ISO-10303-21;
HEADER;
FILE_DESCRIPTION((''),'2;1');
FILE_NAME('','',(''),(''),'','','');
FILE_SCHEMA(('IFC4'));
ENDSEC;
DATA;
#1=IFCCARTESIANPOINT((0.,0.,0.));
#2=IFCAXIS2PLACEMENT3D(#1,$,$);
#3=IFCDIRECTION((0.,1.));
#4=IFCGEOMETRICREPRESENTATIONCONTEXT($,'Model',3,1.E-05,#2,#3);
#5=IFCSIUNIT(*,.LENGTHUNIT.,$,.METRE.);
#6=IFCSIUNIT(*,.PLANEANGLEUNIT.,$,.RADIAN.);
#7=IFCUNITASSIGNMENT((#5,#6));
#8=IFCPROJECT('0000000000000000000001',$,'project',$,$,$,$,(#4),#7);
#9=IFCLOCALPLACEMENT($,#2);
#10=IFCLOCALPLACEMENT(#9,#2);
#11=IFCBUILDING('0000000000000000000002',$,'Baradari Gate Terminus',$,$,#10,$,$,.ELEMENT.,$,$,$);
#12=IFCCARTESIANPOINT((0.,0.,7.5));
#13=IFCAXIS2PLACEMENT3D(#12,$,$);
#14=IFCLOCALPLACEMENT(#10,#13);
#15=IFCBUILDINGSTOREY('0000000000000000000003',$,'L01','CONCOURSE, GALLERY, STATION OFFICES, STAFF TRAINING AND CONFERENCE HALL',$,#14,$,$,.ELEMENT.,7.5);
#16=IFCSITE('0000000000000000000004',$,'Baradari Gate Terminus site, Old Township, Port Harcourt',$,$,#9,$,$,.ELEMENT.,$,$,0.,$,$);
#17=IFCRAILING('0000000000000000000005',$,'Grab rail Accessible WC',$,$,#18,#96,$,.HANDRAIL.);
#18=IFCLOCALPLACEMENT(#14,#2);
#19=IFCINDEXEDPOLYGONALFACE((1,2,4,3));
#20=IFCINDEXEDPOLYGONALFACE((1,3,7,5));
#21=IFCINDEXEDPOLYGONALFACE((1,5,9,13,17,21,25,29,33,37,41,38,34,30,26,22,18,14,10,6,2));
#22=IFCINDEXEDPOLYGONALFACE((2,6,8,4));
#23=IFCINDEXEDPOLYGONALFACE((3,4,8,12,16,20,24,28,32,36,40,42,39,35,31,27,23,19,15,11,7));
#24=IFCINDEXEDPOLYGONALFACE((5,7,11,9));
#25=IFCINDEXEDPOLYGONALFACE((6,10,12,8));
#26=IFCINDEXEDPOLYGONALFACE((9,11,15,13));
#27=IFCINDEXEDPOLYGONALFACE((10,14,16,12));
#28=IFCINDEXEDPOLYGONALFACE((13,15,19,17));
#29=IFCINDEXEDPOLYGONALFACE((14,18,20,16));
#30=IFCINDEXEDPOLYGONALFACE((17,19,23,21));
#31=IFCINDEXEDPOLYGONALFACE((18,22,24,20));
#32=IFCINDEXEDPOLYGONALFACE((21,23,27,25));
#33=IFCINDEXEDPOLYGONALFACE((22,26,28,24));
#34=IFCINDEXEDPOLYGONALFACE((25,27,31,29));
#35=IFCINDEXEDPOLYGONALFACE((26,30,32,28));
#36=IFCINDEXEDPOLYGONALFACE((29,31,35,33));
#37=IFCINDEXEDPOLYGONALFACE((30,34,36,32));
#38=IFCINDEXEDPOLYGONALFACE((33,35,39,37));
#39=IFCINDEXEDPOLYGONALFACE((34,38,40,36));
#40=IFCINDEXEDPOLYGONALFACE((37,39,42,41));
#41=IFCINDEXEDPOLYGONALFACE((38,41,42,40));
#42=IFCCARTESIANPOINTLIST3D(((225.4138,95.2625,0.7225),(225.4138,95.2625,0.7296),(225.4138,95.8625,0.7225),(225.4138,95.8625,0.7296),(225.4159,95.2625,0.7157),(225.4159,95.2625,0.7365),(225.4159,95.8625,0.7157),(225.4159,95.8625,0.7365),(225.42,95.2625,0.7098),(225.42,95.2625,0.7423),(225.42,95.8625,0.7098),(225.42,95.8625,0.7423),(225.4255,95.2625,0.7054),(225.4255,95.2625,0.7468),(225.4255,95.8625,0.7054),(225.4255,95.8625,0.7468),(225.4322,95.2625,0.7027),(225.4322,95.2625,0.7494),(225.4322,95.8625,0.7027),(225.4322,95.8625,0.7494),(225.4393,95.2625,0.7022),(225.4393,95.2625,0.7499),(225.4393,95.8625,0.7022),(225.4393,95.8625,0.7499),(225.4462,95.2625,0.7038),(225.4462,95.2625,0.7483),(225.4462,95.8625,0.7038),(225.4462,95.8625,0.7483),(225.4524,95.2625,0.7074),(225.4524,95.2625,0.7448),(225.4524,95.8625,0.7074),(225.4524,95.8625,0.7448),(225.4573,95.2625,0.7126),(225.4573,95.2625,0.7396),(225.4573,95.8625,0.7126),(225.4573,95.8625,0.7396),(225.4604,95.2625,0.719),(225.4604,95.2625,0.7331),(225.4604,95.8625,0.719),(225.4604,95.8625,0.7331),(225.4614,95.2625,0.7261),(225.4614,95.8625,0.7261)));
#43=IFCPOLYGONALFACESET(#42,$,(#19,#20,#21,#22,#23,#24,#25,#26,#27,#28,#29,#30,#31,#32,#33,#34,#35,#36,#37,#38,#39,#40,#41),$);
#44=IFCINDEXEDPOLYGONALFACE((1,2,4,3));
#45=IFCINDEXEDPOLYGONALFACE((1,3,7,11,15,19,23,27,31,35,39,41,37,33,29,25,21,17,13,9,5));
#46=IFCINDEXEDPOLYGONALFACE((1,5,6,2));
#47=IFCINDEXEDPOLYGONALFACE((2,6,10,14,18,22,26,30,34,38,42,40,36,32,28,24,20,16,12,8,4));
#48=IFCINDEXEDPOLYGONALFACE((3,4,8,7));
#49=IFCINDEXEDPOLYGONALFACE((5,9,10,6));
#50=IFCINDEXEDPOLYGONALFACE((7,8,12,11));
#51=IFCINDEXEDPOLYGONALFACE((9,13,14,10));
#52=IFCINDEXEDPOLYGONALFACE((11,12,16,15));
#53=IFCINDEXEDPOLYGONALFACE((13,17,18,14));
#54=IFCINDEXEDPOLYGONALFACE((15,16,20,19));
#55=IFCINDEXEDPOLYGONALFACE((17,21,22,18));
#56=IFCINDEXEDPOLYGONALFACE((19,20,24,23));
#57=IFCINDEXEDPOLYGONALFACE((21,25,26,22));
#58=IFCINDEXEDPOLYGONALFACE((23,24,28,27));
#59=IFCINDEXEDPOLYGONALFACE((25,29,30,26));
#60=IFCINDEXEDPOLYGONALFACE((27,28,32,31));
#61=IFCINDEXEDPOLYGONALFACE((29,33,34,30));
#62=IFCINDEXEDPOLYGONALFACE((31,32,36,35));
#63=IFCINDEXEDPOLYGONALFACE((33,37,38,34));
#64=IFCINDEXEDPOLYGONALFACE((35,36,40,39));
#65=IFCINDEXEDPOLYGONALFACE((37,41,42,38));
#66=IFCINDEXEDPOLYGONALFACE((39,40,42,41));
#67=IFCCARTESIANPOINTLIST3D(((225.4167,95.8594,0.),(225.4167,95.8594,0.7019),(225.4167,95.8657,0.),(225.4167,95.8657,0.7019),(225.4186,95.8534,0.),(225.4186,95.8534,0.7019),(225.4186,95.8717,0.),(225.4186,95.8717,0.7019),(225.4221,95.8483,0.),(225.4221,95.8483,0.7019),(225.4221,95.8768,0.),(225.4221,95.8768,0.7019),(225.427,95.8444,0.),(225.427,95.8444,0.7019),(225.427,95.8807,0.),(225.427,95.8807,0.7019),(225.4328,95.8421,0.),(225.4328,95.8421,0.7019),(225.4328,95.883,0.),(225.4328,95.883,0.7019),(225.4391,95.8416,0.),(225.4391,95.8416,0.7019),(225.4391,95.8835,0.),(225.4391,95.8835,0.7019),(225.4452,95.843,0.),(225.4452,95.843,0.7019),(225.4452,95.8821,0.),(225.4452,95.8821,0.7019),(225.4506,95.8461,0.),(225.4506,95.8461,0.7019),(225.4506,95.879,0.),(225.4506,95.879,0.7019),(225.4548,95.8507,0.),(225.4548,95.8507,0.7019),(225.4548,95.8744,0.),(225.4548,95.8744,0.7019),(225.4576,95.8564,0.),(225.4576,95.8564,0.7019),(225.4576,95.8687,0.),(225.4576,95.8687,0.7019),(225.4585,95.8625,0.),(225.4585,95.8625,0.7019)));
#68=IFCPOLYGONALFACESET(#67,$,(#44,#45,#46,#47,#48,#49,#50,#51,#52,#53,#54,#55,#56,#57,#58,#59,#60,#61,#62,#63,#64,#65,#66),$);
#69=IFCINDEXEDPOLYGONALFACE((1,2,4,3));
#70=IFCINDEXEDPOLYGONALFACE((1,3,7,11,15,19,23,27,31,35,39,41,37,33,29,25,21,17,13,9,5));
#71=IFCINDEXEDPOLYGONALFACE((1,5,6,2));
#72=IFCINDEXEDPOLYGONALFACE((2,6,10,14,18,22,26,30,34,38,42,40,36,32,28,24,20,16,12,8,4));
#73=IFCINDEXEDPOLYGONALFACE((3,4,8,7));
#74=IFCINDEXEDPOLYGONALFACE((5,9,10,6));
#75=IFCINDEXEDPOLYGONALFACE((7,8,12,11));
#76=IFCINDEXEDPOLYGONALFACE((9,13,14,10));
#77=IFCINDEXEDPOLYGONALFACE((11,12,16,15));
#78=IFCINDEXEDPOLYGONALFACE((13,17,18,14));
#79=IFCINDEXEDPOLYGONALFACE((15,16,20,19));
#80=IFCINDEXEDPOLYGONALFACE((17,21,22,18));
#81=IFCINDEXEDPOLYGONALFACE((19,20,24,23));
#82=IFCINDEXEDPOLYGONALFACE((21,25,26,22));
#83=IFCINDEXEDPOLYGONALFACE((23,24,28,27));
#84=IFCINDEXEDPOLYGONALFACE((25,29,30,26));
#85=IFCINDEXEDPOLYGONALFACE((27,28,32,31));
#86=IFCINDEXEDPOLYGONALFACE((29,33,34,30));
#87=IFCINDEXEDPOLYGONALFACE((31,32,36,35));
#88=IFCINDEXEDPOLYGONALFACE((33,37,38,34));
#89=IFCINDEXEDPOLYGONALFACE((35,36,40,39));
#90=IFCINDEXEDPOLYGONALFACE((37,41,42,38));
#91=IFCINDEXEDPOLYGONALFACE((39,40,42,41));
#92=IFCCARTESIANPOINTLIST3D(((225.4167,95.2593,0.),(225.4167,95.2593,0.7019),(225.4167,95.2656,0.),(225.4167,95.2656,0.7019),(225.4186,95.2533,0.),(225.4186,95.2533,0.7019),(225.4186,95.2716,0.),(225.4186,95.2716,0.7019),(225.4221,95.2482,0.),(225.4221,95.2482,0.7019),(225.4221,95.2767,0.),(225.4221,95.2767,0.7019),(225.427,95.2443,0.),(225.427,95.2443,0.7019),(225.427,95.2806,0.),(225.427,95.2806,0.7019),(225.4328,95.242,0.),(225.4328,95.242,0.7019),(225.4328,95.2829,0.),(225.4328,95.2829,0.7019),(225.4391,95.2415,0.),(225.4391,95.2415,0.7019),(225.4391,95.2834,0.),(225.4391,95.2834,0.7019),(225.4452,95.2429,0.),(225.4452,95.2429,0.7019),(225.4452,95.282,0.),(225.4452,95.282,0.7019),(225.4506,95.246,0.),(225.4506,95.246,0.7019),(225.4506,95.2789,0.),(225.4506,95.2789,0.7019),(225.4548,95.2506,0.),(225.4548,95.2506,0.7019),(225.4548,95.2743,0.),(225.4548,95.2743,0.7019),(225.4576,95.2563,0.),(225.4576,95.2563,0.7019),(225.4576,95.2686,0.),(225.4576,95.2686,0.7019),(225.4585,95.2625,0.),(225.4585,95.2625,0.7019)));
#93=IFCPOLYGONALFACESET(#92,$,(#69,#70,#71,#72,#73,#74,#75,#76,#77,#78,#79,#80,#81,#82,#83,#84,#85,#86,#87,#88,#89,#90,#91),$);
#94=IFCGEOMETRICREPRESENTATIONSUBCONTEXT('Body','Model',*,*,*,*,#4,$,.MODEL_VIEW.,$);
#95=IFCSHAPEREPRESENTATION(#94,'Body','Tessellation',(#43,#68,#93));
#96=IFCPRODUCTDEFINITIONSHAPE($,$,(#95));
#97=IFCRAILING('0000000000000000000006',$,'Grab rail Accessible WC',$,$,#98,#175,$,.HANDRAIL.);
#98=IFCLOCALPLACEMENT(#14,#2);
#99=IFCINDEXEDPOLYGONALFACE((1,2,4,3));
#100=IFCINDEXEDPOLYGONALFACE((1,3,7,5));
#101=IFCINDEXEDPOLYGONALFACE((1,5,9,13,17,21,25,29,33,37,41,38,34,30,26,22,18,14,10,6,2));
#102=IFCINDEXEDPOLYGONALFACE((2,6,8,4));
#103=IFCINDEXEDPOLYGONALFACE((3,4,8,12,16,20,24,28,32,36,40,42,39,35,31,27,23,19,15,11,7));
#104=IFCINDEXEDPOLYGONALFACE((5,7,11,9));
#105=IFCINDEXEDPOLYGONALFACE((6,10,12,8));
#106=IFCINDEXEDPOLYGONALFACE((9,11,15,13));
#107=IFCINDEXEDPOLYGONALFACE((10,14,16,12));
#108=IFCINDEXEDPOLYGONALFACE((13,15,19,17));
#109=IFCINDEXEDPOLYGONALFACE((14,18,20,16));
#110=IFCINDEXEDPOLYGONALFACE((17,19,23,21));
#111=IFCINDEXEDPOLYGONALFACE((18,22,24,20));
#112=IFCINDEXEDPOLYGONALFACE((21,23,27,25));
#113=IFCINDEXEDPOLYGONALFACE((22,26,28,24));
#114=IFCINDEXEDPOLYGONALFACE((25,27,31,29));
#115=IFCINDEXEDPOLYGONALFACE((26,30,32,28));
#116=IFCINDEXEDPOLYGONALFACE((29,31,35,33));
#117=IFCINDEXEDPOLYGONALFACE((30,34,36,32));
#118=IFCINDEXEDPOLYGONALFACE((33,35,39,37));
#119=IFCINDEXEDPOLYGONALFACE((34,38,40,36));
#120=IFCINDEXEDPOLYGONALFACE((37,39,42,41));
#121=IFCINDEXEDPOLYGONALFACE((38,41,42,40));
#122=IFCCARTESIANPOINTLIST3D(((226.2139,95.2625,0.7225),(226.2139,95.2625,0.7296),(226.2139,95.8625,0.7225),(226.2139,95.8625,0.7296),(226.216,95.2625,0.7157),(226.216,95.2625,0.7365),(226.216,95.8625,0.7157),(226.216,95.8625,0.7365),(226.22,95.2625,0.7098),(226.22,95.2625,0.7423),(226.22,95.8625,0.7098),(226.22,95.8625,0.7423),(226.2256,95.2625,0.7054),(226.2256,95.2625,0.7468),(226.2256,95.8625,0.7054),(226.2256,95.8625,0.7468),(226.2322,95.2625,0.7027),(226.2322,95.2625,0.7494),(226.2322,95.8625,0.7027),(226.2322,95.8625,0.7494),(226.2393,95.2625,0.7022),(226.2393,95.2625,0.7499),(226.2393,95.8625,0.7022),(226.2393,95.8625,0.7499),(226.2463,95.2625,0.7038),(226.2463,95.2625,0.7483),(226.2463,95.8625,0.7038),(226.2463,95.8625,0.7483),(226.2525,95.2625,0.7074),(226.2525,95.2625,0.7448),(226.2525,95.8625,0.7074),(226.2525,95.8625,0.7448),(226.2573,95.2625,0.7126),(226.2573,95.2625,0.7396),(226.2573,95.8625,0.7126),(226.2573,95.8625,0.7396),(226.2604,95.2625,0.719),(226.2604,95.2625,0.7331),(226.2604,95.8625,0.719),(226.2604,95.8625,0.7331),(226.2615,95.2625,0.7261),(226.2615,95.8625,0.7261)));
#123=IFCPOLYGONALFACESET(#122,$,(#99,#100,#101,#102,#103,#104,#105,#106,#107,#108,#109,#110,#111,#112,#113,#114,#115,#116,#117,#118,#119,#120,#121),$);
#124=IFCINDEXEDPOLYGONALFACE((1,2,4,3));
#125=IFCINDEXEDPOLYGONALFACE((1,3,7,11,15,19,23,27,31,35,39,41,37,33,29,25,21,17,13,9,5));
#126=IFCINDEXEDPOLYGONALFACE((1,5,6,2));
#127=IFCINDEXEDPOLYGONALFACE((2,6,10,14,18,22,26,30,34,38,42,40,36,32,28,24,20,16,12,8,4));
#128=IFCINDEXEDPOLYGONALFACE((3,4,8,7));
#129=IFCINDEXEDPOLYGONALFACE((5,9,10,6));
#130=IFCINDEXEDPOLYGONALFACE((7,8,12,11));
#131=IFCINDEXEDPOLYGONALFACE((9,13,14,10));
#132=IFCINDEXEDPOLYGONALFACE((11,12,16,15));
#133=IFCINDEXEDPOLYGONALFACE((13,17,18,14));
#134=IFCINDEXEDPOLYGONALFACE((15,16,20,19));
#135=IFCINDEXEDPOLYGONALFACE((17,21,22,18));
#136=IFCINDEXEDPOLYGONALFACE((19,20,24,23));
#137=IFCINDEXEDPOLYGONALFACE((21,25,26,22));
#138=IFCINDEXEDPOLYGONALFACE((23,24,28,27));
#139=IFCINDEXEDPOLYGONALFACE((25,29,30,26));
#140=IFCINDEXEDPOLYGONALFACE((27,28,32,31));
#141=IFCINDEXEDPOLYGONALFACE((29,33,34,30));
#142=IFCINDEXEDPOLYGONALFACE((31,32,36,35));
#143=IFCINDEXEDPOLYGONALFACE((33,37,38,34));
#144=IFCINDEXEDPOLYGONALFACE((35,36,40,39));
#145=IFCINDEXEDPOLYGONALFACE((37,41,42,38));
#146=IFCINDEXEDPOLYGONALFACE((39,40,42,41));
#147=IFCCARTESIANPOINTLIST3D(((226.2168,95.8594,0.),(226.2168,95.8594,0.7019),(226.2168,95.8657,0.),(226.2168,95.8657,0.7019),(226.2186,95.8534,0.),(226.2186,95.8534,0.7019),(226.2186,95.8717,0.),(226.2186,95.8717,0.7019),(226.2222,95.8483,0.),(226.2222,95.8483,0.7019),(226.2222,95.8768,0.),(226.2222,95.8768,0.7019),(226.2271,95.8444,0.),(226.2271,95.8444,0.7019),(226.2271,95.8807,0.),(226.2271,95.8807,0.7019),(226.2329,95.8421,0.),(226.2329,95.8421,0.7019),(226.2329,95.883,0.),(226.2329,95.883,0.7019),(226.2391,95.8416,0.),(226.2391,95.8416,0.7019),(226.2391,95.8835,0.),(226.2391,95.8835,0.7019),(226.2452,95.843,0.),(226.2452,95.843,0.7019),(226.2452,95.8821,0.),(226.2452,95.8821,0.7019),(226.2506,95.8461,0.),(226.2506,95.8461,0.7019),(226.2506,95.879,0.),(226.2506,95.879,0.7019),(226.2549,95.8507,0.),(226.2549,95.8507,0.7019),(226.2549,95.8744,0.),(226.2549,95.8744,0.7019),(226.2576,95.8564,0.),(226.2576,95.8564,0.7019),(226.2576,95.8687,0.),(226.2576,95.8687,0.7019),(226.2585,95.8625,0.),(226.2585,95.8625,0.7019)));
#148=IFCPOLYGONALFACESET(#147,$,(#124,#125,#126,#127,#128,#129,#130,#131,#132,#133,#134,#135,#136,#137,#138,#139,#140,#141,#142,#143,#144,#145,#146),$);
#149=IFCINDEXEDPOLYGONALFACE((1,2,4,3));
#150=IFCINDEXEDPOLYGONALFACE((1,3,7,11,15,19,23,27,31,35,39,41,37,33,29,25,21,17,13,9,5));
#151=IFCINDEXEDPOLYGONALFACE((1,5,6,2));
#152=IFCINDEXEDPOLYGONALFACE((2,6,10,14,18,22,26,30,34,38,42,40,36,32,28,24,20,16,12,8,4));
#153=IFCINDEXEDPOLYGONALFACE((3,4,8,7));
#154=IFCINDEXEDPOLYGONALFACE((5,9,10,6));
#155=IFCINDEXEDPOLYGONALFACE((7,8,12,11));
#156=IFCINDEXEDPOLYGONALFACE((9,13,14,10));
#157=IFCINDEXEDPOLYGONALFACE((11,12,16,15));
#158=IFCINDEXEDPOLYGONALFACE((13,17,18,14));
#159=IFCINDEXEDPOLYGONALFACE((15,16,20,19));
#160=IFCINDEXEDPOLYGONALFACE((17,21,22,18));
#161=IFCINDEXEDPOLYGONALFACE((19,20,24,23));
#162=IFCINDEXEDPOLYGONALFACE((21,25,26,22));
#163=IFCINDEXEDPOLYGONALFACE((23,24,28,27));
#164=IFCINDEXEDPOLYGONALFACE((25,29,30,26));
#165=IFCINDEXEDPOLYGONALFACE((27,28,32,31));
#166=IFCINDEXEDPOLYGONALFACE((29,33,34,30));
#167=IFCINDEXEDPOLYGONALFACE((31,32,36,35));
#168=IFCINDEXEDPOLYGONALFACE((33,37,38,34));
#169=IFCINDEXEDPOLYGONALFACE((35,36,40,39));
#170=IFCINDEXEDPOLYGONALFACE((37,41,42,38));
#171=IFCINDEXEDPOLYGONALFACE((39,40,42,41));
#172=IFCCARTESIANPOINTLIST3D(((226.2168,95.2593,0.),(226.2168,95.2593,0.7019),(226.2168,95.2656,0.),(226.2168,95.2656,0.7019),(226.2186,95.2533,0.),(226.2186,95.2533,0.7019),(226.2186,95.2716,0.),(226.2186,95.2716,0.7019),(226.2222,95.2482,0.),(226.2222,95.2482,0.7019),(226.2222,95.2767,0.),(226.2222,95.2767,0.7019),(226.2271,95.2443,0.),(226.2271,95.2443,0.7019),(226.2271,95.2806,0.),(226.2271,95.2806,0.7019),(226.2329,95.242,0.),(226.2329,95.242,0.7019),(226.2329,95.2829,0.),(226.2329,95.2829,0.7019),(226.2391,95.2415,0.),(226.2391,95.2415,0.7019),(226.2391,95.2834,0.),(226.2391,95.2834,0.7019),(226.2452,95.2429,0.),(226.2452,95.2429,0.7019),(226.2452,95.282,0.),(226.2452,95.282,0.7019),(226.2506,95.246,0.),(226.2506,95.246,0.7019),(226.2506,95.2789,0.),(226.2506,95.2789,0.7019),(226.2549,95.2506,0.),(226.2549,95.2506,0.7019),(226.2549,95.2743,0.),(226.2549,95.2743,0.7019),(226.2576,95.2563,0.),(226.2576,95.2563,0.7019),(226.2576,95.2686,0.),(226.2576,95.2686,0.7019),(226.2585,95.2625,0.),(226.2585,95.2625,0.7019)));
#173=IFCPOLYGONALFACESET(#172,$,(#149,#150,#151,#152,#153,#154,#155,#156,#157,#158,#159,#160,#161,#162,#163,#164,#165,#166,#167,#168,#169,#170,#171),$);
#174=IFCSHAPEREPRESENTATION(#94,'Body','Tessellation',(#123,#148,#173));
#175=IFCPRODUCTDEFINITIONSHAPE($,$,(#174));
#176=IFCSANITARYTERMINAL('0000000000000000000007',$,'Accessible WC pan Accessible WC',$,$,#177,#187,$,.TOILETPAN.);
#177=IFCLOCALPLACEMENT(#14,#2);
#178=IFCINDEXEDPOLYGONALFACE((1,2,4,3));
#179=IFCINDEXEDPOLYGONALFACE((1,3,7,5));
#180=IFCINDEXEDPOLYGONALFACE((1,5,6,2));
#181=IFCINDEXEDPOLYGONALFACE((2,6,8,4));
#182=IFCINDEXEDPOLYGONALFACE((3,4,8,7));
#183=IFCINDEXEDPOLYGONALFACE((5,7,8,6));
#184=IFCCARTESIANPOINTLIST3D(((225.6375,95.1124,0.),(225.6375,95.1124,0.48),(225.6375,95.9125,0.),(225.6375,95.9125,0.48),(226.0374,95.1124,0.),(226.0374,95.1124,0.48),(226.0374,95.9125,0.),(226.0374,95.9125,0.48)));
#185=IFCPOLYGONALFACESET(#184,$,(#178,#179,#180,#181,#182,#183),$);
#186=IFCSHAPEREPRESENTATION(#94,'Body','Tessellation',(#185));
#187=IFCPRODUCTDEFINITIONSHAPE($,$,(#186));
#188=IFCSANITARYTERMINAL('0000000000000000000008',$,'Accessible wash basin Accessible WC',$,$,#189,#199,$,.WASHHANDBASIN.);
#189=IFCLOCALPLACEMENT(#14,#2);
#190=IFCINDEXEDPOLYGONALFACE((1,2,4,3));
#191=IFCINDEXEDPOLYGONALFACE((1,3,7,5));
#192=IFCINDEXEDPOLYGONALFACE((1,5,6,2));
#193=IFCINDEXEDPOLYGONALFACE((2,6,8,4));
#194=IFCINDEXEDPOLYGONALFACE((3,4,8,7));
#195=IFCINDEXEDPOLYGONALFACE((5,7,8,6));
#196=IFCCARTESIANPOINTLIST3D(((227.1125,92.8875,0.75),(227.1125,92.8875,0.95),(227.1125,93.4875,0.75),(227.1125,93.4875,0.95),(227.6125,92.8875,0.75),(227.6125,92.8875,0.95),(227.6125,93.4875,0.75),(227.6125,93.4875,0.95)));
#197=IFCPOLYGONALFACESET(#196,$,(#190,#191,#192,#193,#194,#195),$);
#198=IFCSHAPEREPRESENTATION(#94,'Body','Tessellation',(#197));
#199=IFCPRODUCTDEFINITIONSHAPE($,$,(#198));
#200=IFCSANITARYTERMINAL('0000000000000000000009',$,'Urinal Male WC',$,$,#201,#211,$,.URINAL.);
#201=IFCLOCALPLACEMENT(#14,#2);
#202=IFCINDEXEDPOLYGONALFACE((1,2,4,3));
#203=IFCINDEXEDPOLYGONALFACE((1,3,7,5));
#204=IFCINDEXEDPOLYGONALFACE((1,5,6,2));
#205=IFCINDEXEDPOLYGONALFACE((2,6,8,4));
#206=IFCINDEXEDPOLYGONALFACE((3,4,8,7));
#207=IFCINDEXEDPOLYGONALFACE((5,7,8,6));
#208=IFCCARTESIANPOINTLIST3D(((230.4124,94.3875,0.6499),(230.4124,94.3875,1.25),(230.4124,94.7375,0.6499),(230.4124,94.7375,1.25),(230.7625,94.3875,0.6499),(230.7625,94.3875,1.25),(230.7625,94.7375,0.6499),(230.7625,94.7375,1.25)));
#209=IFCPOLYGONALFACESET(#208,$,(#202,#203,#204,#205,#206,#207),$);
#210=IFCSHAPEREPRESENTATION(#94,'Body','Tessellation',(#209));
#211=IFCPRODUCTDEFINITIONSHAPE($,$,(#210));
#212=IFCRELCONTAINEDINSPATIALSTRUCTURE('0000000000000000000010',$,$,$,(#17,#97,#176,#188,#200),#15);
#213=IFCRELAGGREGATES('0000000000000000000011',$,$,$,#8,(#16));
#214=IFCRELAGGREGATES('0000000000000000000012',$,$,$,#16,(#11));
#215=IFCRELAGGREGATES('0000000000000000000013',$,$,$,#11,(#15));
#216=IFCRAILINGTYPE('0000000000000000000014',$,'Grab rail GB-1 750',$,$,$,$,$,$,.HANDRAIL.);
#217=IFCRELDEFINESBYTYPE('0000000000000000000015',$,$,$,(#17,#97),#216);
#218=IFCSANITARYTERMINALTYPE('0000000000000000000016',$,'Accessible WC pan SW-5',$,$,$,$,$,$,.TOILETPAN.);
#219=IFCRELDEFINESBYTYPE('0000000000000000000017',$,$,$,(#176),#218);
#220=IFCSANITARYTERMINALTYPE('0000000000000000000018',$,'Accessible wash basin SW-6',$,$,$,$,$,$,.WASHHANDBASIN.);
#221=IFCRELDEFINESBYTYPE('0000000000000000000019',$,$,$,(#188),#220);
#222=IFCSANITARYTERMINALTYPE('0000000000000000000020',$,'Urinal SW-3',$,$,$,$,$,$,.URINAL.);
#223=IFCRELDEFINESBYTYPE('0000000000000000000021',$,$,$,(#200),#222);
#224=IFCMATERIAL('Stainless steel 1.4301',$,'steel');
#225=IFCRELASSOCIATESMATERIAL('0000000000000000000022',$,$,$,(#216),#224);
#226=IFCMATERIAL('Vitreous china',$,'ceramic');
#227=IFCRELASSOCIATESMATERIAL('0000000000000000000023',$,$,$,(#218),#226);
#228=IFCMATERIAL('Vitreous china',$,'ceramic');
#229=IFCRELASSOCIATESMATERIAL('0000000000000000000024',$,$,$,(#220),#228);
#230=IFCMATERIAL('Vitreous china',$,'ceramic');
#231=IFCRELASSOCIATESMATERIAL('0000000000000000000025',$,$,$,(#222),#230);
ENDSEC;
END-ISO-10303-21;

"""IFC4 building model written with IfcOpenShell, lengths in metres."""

from ifc_helpers import new_model, si_unit, direction, frame, origin, origin_2d, place, context, subcontext, project, spatial, rectangle, circle, extrude, material, type_object, element, save


model = new_model("IFC4")

# Units and contexts
model_context = context("Model", 3, precision=1e-05, world=origin(), true_north=direction((0.0, 1.0)))
body_context = subcontext(model_context, "Body", "Model", "MODEL_VIEW")
ifc_project = project(units=[si_unit("LENGTHUNIT", "METRE"), si_unit("PLANEANGLEUNIT", "RADIAN")], contexts=[model_context])

# Site, building, storey
site_placement = place(None, origin())
site = spatial("IfcSite", under=ifc_project, at=site_placement, Name="Baradari Gate Terminus site, Old Township, Port Harcourt", CompositionType="ELEMENT", RefElevation=0.0)
building_placement = place(site_placement, origin())
building = spatial("IfcBuilding", under=site, at=building_placement, Name="Baradari Gate Terminus", CompositionType="ELEMENT")
storey_placement = place(building_placement, frame((0.0, 0.0, 7.5)))
storey = spatial("IfcBuildingStorey", under=building, at=storey_placement, Name="L01", Description="CONCOURSE, GALLERY, STATION OFFICES, STAFF TRAINING AND CONFERENCE HALL", CompositionType="ELEMENT", Elevation=7.5)

# Railings
ifc_material_1 = material(Name="Stainless steel 1.4301", Category="steel")
railing_type = type_object("IfcRailingType", Name="Grab rail GB-1 750", PredefinedType="HANDRAIL", material=ifc_material_1)
for number, where, name in (
    (1, (225.4375, 95.8625, 0.0), "Grab rail Accessible WC"),
    (2, (226.2375, 95.8625, 0.0), "Grab rail Accessible WC"),
):
    element("IfcRailing", number, at=place(storey_placement, frame(where)), inside=storey, type_object=railing_type, Name=name, PredefinedType="HANDRAIL", context=body_context, shape_type="SweptSolid", body=[
        extrude(circle(Radius=0.0239, at=origin_2d()), frame((0.0, 0.0, 0.7261), z_axis=(0.0, -1.0, 0.0), x_axis=(1.0, 0.0, 0.0)), (0.0, 0.0, 1.0), 0.6001),
        extrude(circle(Radius=0.021, at=origin_2d()), origin(), (0.0, 0.0, 1.0), 0.7019),
        extrude(circle(Radius=0.021, at=origin_2d()), frame((0.0, -0.6001, 0.0)), (0.0, 0.0, 1.0), 0.7019),
    ])

# Sanitary terminals
ifc_material_2 = material(Name="Vitreous china", Category="ceramic")
sanitary_terminal_type_1 = type_object("IfcSanitaryTerminalType", Name="Accessible WC pan SW-5", PredefinedType="TOILETPAN", material=ifc_material_2)
sanitary_terminal_1_placement = place(storey_placement, frame((225.8374, 95.5125, 0.0), z_axis=(0.0, 0.0, 1.0), x_axis=(1.0, 0.0, 0.0)))
element("IfcSanitaryTerminal", 3, at=sanitary_terminal_1_placement, inside=storey, type_object=sanitary_terminal_type_1, Name="Accessible WC pan Accessible WC", PredefinedType="TOILETPAN", context=body_context, shape_type="SweptSolid", body=[
    extrude(rectangle(XDim=0.3999, YDim=0.8, at=origin_2d()), origin(), (0.0, 0.0, 1.0), 0.48),
])
ifc_material_3 = material(Name="Vitreous china", Category="ceramic")
sanitary_terminal_type_2 = type_object("IfcSanitaryTerminalType", Name="Accessible wash basin SW-6", PredefinedType="WASHHANDBASIN", material=ifc_material_3)
sanitary_terminal_2_placement = place(storey_placement, frame((227.3625, 93.1875, 0.75), z_axis=(0.0, 0.0, 1.0), x_axis=(1.0, 0.0, 0.0)))
element("IfcSanitaryTerminal", 4, at=sanitary_terminal_2_placement, inside=storey, type_object=sanitary_terminal_type_2, Name="Accessible wash basin Accessible WC", PredefinedType="WASHHANDBASIN", context=body_context, shape_type="SweptSolid", body=[
    extrude(rectangle(XDim=0.5, YDim=0.6001, at=origin_2d()), origin(), (0.0, 0.0, 1.0), 0.2),
])
ifc_material_4 = material(Name="Vitreous china", Category="ceramic")
sanitary_terminal_type_3 = type_object("IfcSanitaryTerminalType", Name="Urinal SW-3", PredefinedType="URINAL", material=ifc_material_4)
sanitary_terminal_3_placement = place(storey_placement, frame((230.5874, 94.5625, 0.6499), z_axis=(0.0, 0.0, 1.0), x_axis=(1.0, 0.0, 0.0)))
element("IfcSanitaryTerminal", 5, at=sanitary_terminal_3_placement, inside=storey, type_object=sanitary_terminal_type_3, Name="Urinal Male WC", PredefinedType="URINAL", context=body_context, shape_type="SweptSolid", body=[
    extrude(rectangle(XDim=0.3501, YDim=0.3501, at=origin_2d()), origin(), (0.0, 0.0, 1.0), 0.6001),
])

save(model, "model.ifc")
